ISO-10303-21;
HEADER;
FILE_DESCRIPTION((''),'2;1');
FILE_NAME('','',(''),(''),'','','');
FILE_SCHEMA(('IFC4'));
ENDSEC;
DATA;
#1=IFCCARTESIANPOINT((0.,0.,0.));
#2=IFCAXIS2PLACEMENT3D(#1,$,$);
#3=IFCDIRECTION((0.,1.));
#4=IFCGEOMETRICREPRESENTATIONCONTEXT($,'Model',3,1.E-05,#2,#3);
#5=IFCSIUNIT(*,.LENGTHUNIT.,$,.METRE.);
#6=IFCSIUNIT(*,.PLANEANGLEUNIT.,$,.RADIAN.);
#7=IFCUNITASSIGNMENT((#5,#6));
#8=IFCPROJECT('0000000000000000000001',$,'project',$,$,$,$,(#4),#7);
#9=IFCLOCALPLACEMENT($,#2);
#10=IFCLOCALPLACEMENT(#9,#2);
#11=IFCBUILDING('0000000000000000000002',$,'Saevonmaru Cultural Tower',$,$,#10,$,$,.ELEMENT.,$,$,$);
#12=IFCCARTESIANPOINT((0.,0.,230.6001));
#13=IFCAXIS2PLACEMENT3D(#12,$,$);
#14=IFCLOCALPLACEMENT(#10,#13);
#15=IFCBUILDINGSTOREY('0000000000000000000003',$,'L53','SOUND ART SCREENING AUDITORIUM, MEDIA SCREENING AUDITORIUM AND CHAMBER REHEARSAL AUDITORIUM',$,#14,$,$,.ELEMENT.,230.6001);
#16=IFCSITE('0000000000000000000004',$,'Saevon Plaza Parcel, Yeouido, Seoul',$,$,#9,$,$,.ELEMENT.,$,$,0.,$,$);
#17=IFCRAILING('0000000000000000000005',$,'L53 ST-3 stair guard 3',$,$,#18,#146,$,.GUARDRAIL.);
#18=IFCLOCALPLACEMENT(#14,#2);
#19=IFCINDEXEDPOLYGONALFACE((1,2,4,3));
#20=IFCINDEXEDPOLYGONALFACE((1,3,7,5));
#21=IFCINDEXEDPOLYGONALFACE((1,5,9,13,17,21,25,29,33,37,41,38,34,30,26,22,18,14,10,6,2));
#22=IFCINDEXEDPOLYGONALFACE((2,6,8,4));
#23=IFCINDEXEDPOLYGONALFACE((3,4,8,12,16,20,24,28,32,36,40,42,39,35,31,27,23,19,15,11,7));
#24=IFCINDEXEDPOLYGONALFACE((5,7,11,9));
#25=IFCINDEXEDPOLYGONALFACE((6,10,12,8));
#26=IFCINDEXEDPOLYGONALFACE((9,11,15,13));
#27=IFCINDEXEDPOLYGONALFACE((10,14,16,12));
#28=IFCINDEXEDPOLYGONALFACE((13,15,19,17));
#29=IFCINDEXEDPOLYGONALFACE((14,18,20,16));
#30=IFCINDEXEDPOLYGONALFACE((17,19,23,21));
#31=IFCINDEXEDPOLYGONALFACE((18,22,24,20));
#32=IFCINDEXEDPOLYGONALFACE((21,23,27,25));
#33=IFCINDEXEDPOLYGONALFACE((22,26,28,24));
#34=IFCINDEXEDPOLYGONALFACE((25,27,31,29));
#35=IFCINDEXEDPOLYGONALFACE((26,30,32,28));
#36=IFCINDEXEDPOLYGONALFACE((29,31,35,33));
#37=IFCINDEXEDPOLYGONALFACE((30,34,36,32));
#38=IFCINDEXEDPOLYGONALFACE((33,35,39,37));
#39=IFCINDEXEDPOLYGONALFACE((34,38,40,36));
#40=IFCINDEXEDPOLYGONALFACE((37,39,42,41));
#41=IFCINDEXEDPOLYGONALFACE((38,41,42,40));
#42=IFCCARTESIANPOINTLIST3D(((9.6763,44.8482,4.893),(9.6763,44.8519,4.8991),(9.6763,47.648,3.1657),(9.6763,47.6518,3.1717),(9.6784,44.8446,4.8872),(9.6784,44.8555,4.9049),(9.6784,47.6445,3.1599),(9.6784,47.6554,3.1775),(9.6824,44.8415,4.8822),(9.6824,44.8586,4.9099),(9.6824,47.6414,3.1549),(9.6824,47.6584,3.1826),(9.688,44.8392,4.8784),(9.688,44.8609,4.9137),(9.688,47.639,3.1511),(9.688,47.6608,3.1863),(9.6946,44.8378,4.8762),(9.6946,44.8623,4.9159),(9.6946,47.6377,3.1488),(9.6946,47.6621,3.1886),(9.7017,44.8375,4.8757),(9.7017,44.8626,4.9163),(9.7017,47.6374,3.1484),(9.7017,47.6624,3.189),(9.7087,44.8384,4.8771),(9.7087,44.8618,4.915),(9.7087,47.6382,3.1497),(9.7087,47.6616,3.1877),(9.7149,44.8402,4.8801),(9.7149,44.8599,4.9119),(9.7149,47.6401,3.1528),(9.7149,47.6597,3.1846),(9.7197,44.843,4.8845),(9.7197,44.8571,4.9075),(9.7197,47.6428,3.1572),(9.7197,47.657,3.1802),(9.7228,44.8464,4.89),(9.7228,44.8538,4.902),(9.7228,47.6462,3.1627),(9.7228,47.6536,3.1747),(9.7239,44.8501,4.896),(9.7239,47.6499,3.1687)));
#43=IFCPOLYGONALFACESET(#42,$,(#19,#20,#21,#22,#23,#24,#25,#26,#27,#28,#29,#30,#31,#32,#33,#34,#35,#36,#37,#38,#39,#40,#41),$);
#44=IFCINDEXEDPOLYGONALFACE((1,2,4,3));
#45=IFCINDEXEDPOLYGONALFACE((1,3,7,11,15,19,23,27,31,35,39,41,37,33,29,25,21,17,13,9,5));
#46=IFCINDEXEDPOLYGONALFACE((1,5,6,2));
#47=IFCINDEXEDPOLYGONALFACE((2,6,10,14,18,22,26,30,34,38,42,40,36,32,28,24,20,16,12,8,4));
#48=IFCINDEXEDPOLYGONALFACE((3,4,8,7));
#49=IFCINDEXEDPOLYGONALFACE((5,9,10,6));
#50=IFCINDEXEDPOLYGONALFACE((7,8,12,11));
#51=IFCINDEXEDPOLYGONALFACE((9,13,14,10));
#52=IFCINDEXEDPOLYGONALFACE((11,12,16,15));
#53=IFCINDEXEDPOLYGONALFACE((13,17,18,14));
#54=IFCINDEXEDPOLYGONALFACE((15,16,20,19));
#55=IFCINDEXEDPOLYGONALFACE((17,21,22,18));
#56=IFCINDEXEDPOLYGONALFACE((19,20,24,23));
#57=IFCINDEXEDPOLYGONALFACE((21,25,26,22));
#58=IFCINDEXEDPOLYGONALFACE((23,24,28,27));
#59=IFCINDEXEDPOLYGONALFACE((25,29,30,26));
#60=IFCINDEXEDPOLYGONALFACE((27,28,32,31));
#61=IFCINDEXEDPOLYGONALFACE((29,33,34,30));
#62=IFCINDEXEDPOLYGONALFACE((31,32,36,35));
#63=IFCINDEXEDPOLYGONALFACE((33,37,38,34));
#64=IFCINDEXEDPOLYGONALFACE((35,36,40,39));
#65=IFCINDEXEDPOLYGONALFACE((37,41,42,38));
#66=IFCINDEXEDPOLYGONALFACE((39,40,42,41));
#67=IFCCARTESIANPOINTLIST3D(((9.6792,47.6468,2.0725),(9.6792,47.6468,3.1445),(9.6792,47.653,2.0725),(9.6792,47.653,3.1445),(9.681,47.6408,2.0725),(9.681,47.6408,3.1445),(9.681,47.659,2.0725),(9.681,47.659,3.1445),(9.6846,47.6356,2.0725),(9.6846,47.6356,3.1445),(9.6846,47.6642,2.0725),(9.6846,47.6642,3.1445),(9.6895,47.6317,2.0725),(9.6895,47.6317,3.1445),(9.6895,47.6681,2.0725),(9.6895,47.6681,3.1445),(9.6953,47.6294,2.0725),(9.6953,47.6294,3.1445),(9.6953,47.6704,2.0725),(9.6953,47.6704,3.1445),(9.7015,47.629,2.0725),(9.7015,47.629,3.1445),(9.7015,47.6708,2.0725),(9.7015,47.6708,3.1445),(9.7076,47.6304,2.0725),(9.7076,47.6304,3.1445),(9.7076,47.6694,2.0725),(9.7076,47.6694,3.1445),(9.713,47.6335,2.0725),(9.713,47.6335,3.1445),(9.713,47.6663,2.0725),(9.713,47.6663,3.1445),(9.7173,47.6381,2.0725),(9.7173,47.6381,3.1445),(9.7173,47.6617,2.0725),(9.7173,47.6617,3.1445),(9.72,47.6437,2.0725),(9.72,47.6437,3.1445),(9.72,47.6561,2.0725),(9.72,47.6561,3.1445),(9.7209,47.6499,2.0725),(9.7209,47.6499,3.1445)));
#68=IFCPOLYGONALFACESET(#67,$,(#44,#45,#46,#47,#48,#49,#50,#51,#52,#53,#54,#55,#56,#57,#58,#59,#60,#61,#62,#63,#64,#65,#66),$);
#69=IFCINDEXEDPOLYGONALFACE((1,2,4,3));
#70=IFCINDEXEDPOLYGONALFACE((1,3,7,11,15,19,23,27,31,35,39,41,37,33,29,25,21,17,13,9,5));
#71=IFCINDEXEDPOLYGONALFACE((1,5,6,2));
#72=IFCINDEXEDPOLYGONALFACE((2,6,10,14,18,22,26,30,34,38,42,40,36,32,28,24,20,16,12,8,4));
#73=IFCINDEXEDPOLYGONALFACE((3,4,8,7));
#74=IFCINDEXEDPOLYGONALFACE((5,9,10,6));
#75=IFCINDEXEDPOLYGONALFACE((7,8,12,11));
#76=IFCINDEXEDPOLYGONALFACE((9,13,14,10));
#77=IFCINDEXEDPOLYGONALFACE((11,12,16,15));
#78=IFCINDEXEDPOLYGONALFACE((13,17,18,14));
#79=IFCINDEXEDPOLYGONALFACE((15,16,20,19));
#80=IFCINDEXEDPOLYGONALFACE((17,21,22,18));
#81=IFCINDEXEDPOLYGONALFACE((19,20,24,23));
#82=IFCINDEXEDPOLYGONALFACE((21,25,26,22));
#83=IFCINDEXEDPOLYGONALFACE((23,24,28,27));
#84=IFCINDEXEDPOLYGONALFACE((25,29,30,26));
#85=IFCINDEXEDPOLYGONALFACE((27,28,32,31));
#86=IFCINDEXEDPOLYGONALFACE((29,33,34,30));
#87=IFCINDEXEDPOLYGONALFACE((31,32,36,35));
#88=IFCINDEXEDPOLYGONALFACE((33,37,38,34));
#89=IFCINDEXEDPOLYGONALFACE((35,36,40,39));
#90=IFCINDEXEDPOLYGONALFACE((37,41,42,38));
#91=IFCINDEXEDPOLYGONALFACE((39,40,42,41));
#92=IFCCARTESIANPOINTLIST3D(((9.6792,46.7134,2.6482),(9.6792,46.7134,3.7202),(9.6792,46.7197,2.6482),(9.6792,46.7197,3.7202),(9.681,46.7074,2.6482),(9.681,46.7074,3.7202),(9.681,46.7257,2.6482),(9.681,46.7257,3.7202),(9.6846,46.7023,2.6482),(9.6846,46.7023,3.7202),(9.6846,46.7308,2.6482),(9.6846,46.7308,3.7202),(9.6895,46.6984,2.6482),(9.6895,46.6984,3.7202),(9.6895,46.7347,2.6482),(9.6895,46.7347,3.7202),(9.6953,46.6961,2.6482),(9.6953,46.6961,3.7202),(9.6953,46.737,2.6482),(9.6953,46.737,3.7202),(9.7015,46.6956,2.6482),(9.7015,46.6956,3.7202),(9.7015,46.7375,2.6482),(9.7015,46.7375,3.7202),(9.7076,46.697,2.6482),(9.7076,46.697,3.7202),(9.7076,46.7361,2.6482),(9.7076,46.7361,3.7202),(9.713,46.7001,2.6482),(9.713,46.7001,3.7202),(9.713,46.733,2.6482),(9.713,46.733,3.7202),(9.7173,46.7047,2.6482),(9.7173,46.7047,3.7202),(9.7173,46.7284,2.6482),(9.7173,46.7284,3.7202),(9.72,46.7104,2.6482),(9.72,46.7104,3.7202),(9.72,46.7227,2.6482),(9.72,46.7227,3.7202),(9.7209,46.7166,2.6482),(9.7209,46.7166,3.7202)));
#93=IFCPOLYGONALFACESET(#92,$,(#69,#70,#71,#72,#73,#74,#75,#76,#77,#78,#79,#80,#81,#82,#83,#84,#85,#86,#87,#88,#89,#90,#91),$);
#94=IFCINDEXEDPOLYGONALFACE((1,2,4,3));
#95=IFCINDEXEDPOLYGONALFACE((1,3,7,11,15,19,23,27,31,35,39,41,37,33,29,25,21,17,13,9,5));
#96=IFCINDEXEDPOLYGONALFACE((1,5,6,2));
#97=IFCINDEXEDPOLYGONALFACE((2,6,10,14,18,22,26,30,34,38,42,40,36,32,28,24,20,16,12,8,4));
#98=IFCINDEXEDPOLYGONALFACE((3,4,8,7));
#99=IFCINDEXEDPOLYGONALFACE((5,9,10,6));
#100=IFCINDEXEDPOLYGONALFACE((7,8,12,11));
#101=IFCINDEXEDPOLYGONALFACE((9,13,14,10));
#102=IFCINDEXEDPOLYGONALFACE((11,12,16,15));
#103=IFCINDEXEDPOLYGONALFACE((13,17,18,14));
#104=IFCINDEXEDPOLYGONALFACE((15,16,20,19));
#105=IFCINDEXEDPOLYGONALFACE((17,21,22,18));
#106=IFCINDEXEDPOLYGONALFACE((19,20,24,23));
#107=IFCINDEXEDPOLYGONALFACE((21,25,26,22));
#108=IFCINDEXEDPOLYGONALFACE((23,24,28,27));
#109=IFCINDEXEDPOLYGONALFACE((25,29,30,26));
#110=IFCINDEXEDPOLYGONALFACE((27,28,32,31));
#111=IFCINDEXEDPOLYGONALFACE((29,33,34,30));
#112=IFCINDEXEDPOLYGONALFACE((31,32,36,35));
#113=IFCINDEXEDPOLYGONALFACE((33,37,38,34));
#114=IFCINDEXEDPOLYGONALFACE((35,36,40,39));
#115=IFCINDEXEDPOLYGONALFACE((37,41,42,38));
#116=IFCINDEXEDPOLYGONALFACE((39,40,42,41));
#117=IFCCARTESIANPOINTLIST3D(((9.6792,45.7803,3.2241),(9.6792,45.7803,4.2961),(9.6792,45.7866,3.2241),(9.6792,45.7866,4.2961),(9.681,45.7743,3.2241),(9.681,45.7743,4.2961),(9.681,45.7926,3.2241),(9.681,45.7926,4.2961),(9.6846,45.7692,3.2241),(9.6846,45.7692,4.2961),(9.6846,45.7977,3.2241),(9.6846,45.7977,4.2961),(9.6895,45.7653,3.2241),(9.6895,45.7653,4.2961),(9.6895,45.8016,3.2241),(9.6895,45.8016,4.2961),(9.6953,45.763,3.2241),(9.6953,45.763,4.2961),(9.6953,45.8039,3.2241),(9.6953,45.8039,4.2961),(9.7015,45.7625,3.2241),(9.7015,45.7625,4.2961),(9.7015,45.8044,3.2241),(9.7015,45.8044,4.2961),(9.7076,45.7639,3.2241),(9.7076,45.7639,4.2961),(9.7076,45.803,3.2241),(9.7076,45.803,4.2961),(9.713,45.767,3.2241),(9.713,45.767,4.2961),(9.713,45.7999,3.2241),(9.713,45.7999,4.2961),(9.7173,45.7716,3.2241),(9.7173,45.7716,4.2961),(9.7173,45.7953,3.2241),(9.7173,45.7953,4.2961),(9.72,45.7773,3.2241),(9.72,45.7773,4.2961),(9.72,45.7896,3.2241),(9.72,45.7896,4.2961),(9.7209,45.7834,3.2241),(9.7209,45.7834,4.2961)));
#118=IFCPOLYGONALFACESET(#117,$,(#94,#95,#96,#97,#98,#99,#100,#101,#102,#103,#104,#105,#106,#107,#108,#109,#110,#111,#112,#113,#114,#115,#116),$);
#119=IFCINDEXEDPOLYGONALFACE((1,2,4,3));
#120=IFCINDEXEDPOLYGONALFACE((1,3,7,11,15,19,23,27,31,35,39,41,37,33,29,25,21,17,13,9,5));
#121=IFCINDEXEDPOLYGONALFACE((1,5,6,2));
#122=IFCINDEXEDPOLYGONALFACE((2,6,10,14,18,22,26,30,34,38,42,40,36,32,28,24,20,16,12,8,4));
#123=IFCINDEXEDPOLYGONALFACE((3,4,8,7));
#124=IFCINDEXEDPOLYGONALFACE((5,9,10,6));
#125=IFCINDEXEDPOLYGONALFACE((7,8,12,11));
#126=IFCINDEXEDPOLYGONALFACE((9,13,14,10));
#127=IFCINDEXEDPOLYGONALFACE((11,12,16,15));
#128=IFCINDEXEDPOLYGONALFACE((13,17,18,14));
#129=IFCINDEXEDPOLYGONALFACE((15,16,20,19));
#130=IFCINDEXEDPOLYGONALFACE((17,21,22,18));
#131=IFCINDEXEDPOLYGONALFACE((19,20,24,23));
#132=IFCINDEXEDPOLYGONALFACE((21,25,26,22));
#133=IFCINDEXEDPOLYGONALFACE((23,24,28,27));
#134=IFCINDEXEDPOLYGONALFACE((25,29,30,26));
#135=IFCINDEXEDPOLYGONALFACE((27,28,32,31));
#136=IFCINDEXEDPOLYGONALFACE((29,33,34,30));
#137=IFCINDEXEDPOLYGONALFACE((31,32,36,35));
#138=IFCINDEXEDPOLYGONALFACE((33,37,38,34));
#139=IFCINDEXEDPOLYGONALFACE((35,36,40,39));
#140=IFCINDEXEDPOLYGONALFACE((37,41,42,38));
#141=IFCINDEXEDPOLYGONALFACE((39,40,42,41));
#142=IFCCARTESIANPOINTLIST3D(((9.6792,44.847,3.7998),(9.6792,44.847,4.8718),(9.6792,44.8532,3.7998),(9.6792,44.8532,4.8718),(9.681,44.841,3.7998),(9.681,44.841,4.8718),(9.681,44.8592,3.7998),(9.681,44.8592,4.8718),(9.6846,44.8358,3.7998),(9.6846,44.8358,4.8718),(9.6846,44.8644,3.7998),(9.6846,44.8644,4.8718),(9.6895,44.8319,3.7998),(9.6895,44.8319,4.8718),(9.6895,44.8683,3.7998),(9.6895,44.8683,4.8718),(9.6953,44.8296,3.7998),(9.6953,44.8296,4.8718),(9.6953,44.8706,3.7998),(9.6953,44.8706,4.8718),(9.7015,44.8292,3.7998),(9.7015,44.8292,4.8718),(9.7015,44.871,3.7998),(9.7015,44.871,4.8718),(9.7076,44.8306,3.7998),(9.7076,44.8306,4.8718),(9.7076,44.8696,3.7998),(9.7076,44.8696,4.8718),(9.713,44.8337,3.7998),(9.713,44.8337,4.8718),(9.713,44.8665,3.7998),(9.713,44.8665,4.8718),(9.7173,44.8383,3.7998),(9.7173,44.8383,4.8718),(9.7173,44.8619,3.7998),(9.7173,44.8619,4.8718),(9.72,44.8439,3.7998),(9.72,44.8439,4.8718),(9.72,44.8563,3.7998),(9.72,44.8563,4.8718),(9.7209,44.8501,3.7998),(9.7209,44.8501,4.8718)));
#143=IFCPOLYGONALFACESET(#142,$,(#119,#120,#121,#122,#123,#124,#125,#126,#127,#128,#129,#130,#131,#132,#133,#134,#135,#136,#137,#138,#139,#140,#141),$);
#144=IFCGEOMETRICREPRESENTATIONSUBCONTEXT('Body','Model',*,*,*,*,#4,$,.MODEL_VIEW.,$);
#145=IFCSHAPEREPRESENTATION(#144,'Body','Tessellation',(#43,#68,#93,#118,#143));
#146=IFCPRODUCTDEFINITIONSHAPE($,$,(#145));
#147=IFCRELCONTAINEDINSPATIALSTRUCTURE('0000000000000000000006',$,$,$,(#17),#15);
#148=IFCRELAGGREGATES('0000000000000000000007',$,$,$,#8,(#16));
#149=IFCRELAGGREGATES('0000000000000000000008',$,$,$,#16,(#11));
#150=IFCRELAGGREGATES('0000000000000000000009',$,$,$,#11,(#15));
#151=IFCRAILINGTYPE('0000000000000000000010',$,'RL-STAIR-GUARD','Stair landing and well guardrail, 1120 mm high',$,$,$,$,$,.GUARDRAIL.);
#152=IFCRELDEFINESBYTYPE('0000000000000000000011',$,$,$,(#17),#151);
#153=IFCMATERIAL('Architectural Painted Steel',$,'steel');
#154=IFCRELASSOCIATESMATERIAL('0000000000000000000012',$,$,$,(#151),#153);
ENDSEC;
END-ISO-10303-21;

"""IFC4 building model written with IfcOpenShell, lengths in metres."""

from ifc_helpers import new_model, si_unit, direction, frame, origin, origin_2d, place, context, subcontext, project, spatial, circle, extrude, material, type_object, element, save


model = new_model("IFC4")

# Units and contexts
model_context = context("Model", 3, precision=1e-05, world=origin(), true_north=direction((0.0, 1.0)))
body_context = subcontext(model_context, "Body", "Model", "MODEL_VIEW")
ifc_project = project(units=[si_unit("LENGTHUNIT", "METRE"), si_unit("PLANEANGLEUNIT", "RADIAN")], contexts=[model_context])

# Site, building, storey
site_placement = place(None, origin())
site = spatial("IfcSite", under=ifc_project, at=site_placement, Name="Saevon Plaza Parcel, Yeouido, Seoul", CompositionType="ELEMENT", RefElevation=0.0)
building_placement = place(site_placement, origin())
building = spatial("IfcBuilding", under=site, at=building_placement, Name="Saevonmaru Cultural Tower", CompositionType="ELEMENT")
storey_placement = place(building_placement, frame((0.0, 0.0, 230.6001)))
storey = spatial("IfcBuildingStorey", under=building, at=storey_placement, Name="L53", Description="SOUND ART SCREENING AUDITORIUM, MEDIA SCREENING AUDITORIUM AND CHAMBER REHEARSAL AUDITORIUM", CompositionType="ELEMENT", Elevation=230.6001)

# Railing
ifc_material_1 = material(Name="Architectural Painted Steel", Category="steel")
railing_type_1 = type_object("IfcRailingType", Name="RL-STAIR-GUARD", Description="Stair landing and well guardrail, 1120 mm high", PredefinedType="GUARDRAIL", material=ifc_material_1)
railing_1_placement = place(storey_placement, frame((9.7, 47.6499, 2.0725)))
element("IfcRailing", 1, at=railing_1_placement, inside=storey, type_object=railing_type_1, Name="L53 ST-3 stair guard 3", PredefinedType="GUARDRAIL", context=body_context, shape_type="SweptSolid", body=[
    extrude(circle(Radius=0.0239, at=origin_2d()), frame((0.0, 0.0, 1.0962), z_axis=(0.0, -0.851069, 0.525054), x_axis=(1.0, 0.0, 0.0)), (0.0, 0.0, 1.0), 3.2898),
    extrude(circle(Radius=0.021, at=origin_2d()), origin(), (0.0, 0.0, 1.0), 1.072),
    extrude(circle(Radius=0.021, at=origin_2d()), frame((0.0, -0.9333, 0.5757)), (0.0, 0.0, 1.0), 1.072),
    extrude(circle(Radius=0.021, at=origin_2d()), frame((0.0, -1.8665, 1.1516)), (0.0, 0.0, 1.0), 1.072),
    extrude(circle(Radius=0.021, at=origin_2d()), frame((0.0, -2.7998, 1.7273)), (0.0, 0.0, 1.0), 1.072),
])

save(model, "model.ifc")
